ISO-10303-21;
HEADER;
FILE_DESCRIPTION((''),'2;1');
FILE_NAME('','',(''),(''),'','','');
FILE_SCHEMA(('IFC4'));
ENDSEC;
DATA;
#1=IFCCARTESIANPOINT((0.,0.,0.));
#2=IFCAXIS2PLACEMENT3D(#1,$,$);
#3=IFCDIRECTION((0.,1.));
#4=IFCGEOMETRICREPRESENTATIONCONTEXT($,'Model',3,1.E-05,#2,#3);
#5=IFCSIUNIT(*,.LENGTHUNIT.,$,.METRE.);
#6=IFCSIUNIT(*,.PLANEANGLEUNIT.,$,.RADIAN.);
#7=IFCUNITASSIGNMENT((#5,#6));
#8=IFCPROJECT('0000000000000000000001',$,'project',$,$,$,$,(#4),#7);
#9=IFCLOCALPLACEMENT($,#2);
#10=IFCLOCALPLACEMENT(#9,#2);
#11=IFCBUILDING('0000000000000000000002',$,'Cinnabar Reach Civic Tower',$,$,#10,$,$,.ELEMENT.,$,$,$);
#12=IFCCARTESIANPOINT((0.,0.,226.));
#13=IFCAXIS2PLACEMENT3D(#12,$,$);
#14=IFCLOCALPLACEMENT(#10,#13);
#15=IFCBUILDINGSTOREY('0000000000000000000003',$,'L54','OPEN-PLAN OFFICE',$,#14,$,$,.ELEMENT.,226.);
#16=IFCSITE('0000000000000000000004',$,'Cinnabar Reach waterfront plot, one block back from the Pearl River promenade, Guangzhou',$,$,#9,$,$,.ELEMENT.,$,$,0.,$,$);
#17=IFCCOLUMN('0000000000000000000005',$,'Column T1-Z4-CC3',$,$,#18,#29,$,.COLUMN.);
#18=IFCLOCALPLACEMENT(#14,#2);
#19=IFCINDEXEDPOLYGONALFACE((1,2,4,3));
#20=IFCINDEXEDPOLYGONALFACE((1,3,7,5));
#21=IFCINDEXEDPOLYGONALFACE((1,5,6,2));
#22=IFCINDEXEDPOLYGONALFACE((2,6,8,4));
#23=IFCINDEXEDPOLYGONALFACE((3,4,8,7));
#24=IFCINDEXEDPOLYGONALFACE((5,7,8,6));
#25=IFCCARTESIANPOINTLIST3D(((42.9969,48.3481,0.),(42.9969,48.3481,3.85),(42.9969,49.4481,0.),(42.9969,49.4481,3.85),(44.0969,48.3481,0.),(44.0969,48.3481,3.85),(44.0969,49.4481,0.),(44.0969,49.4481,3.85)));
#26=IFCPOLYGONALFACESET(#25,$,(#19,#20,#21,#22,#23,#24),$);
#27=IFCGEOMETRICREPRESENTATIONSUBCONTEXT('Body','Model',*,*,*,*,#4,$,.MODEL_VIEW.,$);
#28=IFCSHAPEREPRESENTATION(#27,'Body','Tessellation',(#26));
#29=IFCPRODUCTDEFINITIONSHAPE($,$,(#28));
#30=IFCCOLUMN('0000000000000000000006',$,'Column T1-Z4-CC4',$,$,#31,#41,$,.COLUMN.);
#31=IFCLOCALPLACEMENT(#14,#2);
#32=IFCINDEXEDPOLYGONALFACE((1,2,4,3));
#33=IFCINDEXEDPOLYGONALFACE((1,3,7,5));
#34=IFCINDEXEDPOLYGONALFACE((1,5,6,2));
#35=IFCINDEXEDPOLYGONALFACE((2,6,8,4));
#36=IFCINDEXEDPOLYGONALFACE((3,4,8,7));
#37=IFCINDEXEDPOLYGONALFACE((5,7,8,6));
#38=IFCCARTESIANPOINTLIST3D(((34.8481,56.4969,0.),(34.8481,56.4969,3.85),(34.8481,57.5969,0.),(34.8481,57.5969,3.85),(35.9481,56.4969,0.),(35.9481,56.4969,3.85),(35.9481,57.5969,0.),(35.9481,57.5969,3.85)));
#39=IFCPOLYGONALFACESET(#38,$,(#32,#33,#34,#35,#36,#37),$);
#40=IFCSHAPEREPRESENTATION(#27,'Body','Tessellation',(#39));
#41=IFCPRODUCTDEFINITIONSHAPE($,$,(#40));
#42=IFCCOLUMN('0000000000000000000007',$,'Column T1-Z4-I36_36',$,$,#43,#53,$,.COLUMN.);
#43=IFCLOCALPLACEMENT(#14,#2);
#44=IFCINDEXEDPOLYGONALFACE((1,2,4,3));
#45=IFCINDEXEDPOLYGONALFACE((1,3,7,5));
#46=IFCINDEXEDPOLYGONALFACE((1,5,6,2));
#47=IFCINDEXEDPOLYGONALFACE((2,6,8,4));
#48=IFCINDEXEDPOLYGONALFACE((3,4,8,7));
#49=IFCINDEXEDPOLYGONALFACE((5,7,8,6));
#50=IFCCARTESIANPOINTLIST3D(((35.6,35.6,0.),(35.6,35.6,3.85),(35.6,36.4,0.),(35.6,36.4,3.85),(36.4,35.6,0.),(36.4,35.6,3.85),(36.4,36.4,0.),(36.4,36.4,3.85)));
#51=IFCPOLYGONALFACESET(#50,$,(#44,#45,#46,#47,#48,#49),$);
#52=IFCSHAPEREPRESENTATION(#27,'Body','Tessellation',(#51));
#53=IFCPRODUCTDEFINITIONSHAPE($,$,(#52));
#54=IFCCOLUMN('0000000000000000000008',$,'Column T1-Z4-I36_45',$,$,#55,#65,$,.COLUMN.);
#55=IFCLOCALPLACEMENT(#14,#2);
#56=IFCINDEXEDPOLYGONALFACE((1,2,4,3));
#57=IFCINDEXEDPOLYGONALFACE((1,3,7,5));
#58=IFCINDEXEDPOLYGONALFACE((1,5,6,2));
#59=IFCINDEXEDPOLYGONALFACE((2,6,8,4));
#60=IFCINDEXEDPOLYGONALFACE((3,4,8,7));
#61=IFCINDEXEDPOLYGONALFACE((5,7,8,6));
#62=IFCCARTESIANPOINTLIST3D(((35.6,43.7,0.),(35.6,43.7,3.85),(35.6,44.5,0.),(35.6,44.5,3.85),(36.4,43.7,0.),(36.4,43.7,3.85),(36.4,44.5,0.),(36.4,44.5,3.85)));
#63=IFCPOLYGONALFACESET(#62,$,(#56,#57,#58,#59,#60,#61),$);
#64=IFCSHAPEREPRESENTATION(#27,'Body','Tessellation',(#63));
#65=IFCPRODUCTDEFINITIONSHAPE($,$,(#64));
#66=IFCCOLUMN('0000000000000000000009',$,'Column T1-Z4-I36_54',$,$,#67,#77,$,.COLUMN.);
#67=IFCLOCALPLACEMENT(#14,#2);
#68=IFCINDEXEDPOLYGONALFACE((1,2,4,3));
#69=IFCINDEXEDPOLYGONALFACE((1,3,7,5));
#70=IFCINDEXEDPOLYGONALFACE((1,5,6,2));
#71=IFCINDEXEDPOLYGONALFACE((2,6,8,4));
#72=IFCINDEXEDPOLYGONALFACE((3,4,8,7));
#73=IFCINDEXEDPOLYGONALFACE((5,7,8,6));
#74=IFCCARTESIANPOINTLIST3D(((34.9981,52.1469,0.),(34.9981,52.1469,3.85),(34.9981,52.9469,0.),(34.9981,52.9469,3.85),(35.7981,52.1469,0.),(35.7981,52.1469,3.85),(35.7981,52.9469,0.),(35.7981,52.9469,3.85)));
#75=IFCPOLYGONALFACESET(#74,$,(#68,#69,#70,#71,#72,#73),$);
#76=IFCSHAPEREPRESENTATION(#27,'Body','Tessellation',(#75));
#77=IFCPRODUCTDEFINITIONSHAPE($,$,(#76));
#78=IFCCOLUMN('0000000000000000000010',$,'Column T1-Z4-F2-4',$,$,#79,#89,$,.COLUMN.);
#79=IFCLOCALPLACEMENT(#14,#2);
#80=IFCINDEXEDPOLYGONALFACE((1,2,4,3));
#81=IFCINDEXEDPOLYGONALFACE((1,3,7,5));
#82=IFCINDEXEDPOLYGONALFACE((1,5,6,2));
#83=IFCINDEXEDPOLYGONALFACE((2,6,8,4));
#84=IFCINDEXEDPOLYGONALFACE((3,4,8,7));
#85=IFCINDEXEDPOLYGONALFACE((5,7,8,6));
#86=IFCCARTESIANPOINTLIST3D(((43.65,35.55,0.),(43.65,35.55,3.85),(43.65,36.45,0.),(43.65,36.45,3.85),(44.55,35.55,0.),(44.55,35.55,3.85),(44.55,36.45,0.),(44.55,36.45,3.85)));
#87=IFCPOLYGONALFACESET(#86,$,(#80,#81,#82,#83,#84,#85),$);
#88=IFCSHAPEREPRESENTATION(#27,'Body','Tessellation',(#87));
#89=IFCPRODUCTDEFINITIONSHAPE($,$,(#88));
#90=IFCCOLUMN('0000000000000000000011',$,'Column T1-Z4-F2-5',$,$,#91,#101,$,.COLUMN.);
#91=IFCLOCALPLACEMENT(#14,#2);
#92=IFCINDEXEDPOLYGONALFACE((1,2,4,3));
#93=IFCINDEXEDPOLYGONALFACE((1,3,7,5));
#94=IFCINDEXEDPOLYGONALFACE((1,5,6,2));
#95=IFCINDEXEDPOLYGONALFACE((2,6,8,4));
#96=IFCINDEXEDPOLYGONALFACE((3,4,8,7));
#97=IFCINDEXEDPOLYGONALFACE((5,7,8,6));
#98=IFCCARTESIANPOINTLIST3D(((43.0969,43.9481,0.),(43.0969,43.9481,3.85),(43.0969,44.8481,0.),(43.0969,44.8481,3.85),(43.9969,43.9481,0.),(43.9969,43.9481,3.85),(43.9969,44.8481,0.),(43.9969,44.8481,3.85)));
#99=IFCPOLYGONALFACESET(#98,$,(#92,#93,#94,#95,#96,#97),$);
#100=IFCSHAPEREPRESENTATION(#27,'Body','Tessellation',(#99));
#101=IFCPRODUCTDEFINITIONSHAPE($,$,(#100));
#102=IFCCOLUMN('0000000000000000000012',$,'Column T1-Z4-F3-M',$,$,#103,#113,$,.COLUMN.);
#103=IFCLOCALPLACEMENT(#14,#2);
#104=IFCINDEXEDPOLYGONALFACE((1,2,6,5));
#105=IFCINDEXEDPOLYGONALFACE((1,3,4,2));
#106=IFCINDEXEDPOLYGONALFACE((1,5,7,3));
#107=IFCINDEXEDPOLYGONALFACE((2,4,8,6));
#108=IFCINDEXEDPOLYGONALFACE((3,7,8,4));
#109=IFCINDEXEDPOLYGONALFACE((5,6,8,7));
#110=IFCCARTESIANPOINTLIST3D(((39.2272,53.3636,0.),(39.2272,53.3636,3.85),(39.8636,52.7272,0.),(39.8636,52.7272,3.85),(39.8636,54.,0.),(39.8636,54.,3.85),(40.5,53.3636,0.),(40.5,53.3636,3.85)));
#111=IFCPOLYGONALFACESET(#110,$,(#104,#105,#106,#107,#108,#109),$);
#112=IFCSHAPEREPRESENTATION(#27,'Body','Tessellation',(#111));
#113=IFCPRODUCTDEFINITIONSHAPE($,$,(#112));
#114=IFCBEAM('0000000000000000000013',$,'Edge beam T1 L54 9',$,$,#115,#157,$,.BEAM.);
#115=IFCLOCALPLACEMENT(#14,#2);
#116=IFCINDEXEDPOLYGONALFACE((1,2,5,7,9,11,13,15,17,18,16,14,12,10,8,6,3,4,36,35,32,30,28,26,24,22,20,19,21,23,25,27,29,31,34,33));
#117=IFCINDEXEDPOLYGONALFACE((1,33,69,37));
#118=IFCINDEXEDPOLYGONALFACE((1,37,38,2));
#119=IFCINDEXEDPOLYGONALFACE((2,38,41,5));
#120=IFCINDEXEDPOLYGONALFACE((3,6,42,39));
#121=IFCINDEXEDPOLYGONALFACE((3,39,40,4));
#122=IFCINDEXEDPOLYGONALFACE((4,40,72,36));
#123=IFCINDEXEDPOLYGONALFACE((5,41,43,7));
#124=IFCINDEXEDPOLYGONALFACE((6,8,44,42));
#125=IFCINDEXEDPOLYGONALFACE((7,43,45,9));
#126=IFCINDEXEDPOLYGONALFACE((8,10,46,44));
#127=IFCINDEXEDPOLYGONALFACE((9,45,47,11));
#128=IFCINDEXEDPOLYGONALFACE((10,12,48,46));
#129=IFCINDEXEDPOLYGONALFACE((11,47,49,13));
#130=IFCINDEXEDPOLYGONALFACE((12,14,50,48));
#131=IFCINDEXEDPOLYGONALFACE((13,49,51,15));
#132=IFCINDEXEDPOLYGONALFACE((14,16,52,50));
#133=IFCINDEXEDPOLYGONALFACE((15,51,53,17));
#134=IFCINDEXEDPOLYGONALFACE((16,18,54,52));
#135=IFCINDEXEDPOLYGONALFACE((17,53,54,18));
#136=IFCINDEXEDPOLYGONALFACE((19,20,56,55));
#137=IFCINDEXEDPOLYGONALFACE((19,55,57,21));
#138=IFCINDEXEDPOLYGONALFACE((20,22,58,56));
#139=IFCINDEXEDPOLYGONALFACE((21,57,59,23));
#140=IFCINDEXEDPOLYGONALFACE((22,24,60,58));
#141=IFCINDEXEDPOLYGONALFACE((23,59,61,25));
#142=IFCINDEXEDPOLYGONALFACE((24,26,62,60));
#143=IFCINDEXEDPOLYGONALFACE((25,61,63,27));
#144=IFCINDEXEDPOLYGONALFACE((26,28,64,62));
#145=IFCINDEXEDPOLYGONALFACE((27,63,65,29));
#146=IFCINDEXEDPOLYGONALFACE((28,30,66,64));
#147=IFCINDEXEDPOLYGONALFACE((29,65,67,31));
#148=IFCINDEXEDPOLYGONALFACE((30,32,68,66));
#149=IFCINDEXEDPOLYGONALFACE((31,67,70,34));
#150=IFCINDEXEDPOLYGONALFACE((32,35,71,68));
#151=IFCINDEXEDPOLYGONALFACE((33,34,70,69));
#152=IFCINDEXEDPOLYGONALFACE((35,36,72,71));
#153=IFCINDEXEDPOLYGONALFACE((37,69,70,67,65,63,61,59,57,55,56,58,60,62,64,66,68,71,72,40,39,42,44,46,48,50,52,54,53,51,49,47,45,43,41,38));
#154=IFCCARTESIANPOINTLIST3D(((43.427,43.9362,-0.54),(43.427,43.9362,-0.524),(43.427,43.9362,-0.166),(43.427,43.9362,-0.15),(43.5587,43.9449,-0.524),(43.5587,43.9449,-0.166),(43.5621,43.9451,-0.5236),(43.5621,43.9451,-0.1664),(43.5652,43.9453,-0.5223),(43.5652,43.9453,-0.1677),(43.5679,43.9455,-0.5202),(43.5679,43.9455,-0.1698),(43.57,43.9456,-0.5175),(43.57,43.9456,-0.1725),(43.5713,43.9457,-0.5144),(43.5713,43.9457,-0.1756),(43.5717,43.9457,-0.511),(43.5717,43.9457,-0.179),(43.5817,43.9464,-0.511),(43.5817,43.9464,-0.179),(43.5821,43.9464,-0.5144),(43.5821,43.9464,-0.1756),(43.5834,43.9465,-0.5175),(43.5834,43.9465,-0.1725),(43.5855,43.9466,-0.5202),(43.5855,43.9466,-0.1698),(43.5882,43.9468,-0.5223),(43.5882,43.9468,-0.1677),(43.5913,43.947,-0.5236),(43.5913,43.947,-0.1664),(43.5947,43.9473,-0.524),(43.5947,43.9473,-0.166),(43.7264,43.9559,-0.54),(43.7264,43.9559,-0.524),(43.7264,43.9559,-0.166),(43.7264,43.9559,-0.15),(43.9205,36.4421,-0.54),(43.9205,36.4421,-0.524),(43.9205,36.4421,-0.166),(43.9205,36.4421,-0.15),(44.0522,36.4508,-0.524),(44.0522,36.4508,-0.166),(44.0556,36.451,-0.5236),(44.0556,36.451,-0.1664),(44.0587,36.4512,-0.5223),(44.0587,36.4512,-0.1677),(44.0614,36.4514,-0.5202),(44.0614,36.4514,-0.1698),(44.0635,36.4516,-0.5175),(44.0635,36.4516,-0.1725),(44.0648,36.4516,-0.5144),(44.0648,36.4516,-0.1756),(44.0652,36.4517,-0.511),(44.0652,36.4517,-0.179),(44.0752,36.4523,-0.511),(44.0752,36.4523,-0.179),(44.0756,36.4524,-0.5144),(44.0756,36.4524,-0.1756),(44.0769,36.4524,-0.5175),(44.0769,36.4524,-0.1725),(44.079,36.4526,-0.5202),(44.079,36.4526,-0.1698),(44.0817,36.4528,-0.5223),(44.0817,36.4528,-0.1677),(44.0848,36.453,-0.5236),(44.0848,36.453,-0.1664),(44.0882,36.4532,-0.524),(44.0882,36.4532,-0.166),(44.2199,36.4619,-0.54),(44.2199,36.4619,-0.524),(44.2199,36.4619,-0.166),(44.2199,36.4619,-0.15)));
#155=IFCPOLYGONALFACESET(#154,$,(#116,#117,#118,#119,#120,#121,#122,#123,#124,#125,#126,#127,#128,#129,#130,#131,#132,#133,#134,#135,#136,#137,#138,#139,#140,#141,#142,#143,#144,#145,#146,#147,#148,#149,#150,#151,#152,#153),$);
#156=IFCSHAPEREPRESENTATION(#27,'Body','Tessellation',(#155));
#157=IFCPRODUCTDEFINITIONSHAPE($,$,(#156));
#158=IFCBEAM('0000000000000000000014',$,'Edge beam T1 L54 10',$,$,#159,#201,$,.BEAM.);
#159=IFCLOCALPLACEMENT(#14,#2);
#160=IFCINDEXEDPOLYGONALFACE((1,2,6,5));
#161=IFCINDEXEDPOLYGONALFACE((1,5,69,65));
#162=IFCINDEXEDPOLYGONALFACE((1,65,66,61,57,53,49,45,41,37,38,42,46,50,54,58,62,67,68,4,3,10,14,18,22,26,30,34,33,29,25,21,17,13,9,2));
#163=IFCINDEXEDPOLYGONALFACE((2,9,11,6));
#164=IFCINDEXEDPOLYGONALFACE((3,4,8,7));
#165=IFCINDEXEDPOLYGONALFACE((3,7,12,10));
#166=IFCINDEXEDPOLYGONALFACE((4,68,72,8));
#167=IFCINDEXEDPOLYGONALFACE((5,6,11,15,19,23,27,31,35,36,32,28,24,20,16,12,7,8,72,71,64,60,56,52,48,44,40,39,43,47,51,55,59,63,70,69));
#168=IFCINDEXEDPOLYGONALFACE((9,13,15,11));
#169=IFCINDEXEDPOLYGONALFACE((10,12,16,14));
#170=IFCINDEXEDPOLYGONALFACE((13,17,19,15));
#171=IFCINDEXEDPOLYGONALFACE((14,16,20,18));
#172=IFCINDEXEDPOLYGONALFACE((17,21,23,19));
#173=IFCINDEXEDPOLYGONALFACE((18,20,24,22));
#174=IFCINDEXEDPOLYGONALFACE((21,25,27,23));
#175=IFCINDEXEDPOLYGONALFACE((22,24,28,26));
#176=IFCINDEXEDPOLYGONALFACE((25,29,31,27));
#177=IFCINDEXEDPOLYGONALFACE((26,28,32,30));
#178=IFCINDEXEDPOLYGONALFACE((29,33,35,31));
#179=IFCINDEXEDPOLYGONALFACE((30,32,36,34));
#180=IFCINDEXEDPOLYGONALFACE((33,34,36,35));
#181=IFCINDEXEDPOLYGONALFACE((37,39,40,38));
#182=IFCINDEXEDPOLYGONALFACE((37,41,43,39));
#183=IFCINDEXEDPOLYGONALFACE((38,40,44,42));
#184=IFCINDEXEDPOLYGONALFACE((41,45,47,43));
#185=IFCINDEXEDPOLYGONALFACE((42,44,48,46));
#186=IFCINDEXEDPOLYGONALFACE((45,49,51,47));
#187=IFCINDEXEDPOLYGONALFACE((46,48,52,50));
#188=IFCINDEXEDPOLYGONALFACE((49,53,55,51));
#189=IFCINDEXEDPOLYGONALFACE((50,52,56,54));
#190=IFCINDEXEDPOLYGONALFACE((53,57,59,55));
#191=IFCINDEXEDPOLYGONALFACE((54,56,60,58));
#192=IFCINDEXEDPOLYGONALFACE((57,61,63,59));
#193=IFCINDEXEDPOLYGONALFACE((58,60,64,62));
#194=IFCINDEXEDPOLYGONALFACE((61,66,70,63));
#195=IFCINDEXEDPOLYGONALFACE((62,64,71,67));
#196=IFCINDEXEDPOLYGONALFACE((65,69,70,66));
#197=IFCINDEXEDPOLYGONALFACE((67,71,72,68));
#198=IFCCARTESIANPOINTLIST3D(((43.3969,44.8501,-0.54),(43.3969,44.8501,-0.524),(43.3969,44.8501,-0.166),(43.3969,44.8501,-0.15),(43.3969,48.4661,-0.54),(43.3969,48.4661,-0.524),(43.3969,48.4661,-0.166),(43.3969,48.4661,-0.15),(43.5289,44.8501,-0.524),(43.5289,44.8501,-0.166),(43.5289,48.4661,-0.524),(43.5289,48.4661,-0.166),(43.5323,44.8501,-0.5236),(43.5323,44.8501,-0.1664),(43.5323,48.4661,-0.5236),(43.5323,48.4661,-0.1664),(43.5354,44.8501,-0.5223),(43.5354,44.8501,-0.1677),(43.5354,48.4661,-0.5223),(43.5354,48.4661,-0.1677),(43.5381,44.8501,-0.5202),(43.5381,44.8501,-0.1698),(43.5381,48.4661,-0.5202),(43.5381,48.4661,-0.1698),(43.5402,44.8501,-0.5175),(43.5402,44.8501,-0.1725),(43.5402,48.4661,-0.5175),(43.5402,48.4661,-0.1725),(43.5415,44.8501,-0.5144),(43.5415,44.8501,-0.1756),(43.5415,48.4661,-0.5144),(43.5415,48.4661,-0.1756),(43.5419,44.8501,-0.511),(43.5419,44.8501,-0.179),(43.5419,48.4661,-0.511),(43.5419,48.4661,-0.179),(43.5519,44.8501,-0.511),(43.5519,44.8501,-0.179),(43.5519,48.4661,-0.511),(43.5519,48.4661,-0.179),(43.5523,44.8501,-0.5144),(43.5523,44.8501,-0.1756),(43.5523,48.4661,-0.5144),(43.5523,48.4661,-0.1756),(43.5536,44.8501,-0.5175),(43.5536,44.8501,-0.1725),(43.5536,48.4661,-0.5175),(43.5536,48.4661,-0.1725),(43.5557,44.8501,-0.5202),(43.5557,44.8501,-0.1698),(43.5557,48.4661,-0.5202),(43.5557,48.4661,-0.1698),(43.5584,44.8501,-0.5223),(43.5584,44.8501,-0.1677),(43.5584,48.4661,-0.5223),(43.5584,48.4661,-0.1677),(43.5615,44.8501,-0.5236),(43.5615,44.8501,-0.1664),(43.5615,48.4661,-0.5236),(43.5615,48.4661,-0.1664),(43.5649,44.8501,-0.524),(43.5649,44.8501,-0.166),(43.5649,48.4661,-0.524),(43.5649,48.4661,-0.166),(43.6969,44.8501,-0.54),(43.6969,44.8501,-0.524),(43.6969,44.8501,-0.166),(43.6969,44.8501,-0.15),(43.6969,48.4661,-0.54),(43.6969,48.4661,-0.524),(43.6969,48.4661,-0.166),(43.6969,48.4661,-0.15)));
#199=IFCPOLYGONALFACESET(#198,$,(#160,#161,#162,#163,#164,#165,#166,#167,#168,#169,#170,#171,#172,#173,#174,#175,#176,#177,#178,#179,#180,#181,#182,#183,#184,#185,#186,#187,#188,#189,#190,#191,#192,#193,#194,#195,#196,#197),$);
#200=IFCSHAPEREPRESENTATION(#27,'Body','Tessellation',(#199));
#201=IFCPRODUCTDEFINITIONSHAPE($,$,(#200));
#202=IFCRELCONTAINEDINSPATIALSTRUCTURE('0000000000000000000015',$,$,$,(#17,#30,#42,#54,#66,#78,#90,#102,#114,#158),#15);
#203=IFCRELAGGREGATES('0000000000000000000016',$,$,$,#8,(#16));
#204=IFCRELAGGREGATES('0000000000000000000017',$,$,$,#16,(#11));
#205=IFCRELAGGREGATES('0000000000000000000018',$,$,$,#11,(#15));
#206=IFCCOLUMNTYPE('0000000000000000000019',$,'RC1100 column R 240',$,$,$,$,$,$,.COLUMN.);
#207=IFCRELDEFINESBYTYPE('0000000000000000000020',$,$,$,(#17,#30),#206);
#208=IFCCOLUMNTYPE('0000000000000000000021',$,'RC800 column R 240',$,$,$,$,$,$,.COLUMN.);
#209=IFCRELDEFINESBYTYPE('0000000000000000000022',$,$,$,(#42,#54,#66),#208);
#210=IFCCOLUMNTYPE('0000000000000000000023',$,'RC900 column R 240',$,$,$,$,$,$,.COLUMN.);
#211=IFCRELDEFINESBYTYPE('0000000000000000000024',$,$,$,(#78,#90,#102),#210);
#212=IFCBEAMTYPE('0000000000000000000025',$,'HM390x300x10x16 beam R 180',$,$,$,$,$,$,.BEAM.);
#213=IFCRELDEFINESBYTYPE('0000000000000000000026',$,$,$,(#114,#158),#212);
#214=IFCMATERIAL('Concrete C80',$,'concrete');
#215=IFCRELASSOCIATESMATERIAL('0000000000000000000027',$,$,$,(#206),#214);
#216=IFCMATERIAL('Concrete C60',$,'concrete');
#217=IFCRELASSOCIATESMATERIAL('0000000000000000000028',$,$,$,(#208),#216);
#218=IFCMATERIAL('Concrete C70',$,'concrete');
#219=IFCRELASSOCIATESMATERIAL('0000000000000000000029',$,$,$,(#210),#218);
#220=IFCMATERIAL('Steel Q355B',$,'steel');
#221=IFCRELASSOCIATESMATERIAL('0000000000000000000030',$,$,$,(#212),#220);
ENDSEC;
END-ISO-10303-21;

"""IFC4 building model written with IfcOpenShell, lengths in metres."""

from ifc_helpers import new_model, si_unit, direction, frame, origin, origin_2d, place, context, subcontext, project, spatial, rectangle, i_section, extrude, material, material_profile, profile_set, type_object, element, save


model = new_model("IFC4")

# Units and contexts
model_context = context("Model", 3, precision=1e-05, world=origin(), true_north=direction((0.0, 1.0)))
body_context = subcontext(model_context, "Body", "Model", "MODEL_VIEW")
ifc_project = project(units=[si_unit("LENGTHUNIT", "METRE"), si_unit("PLANEANGLEUNIT", "RADIAN")], contexts=[model_context])

# Site, building, storey
site_placement = place(None, origin())
site = spatial("IfcSite", under=ifc_project, at=site_placement, Name="Cinnabar Reach waterfront plot, one block back from the Pearl River promenade, Guangzhou", CompositionType="ELEMENT", RefElevation=0.0)
building_placement = place(site_placement, origin())
building = spatial("IfcBuilding", under=site, at=building_placement, Name="Cinnabar Reach Civic Tower", CompositionType="ELEMENT")
storey_placement = place(building_placement, frame((0.0, 0.0, 226.0)))
storey = spatial("IfcBuildingStorey", under=building, at=storey_placement, Name="L54", Description="OPEN-PLAN OFFICE", CompositionType="ELEMENT", Elevation=226.0)

# Columns
ifc_material_1 = material(Name="Concrete C80", Category="concrete")
ifc_material_profile_1 = material_profile(ifc_material_1, rectangle(XDim=1.1, YDim=1.1, at=origin_2d()), Name="RC1100")
ifc_profile_set_1 = profile_set([ifc_material_profile_1], Name="Concrete C80")
column_type_1 = type_object("IfcColumnType", Name="RC1100 column R 240", PredefinedType="COLUMN", material=ifc_profile_set_1)
for number, where, z_axis, x_axis, name in (
    (1, (43.5469, 48.8981, 0.0), (0.0, 0.0, 1.0), (1.0, 0.0, 0.0), "Column T1-Z4-CC3"),
    (2, (35.3981, 57.0469, 0.0), (0.0, 0.0, 1.0), (1.0, 0.0, 0.0), "Column T1-Z4-CC4"),
):
    element("IfcColumn", number, at=place(storey_placement, frame(where, z_axis=z_axis, x_axis=x_axis)), inside=storey, type_object=column_type_1, Name=name, PredefinedType="COLUMN", context=body_context, shape_type="SweptSolid", body=[
        extrude(rectangle(XDim=1.1, YDim=1.1, at=origin_2d()), origin(), (0.0, 0.0, 1.0), 3.85),
    ])
ifc_material_2 = material(Name="Concrete C60", Category="concrete")
ifc_material_profile_2 = material_profile(ifc_material_2, rectangle(XDim=0.8, YDim=0.8, at=origin_2d()), Name="RC800")
ifc_profile_set_2 = profile_set([ifc_material_profile_2], Name="Concrete C60")
column_type_2 = type_object("IfcColumnType", Name="RC800 column R 240", PredefinedType="COLUMN", material=ifc_profile_set_2)
for number, where, z_axis, x_axis, name in (
    (3, (36.0, 36.0, 0.0), (0.0, 0.0, 1.0), (1.0, 0.0, 0.0), "Column T1-Z4-I36_36"),
    (4, (36.0, 44.1, 0.0), (0.0, 0.0, 1.0), (1.0, 0.0, 0.0), "Column T1-Z4-I36_45"),
    (5, (35.3981, 52.5469, 0.0), (0.0, 0.0, 1.0), (1.0, 0.0, 0.0), "Column T1-Z4-I36_54"),
):
    element("IfcColumn", number, at=place(storey_placement, frame(where, z_axis=z_axis, x_axis=x_axis)), inside=storey, type_object=column_type_2, Name=name, PredefinedType="COLUMN", context=body_context, shape_type="SweptSolid", body=[
        extrude(rectangle(XDim=0.8, YDim=0.8, at=origin_2d()), origin(), (0.0, 0.0, 1.0), 3.85),
    ])
ifc_material_3 = material(Name="Concrete C70", Category="concrete")
ifc_material_profile_3 = material_profile(ifc_material_3, rectangle(XDim=0.9, YDim=0.9, at=origin_2d()), Name="RC900")
ifc_profile_set_3 = profile_set([ifc_material_profile_3], Name="Concrete C70")
column_type_3 = type_object("IfcColumnType", Name="RC900 column R 240", PredefinedType="COLUMN", material=ifc_profile_set_3)
for number, where, z_axis, x_axis, name in (
    (6, (44.1, 36.0, 0.0), (0.0, 0.0, 1.0), (1.0, 0.0, 0.0), "Column T1-Z4-F2-4"),
    (7, (43.5469, 44.3981, 0.0), (0.0, 0.0, 1.0), (1.0, 0.0, 0.0), "Column T1-Z4-F2-5"),
    (8, (39.8636, 53.3636, 0.0), (0.0, 0.0, 1.0), (0.707107, 0.707107, 0.0), "Column T1-Z4-F3-M"),
):
    element("IfcColumn", number, at=place(storey_placement, frame(where, z_axis=z_axis, x_axis=x_axis)), inside=storey, type_object=column_type_3, Name=name, PredefinedType="COLUMN", context=body_context, shape_type="SweptSolid", body=[
        extrude(rectangle(XDim=0.9, YDim=0.9, at=origin_2d()), origin(), (0.0, 0.0, 1.0), 3.85),
    ])

# Beams
ifc_material_4 = material(Name="Steel Q355B", Category="steel")
ifc_material_profile_4 = material_profile(ifc_material_4, i_section(OverallWidth=0.3, OverallDepth=0.39, WebThickness=0.01, FlangeThickness=0.016, FilletRadius=0.013, at=origin_2d()), Name="HM390x300x10x16")
ifc_profile_set_4 = profile_set([ifc_material_profile_4], Name="Steel Q355B")
beam_type_1 = type_object("IfcBeamType", Name="HM390x300x10x16 beam R 180", PredefinedType="BEAM", material=ifc_profile_set_4)
beam_1_placement = place(storey_placement, frame((44.0702, 36.452, -0.345), z_axis=(-0.065709, 0.997839, 0.0), x_axis=(-0.997839, -0.065709, 0.0)))
element("IfcBeam", 9, at=beam_1_placement, inside=storey, type_object=beam_type_1, Name="Edge beam T1 L54 9", PredefinedType="BEAM", context=body_context, shape_type="SweptSolid", body=[
    extrude(i_section(OverallWidth=0.3, OverallDepth=0.39, WebThickness=0.01, FlangeThickness=0.016, FilletRadius=0.013, at=origin_2d()), origin(), (0.0, 0.0, 1.0), 7.5103),
])
beam_2_placement = place(storey_placement, frame((43.5469, 44.8501, -0.345), z_axis=(0.0, 1.0, 0.0), x_axis=(-1.0, 0.0, 0.0)))
element("IfcBeam", 10, at=beam_2_placement, inside=storey, type_object=beam_type_1, Name="Edge beam T1 L54 10", PredefinedType="BEAM", context=body_context, shape_type="SweptSolid", body=[
    extrude(i_section(OverallWidth=0.3, OverallDepth=0.39, WebThickness=0.01, FlangeThickness=0.016, FilletRadius=0.013, at=origin_2d()), origin(), (0.0, 0.0, 1.0), 3.616),
])

save(model, "model.ifc")
